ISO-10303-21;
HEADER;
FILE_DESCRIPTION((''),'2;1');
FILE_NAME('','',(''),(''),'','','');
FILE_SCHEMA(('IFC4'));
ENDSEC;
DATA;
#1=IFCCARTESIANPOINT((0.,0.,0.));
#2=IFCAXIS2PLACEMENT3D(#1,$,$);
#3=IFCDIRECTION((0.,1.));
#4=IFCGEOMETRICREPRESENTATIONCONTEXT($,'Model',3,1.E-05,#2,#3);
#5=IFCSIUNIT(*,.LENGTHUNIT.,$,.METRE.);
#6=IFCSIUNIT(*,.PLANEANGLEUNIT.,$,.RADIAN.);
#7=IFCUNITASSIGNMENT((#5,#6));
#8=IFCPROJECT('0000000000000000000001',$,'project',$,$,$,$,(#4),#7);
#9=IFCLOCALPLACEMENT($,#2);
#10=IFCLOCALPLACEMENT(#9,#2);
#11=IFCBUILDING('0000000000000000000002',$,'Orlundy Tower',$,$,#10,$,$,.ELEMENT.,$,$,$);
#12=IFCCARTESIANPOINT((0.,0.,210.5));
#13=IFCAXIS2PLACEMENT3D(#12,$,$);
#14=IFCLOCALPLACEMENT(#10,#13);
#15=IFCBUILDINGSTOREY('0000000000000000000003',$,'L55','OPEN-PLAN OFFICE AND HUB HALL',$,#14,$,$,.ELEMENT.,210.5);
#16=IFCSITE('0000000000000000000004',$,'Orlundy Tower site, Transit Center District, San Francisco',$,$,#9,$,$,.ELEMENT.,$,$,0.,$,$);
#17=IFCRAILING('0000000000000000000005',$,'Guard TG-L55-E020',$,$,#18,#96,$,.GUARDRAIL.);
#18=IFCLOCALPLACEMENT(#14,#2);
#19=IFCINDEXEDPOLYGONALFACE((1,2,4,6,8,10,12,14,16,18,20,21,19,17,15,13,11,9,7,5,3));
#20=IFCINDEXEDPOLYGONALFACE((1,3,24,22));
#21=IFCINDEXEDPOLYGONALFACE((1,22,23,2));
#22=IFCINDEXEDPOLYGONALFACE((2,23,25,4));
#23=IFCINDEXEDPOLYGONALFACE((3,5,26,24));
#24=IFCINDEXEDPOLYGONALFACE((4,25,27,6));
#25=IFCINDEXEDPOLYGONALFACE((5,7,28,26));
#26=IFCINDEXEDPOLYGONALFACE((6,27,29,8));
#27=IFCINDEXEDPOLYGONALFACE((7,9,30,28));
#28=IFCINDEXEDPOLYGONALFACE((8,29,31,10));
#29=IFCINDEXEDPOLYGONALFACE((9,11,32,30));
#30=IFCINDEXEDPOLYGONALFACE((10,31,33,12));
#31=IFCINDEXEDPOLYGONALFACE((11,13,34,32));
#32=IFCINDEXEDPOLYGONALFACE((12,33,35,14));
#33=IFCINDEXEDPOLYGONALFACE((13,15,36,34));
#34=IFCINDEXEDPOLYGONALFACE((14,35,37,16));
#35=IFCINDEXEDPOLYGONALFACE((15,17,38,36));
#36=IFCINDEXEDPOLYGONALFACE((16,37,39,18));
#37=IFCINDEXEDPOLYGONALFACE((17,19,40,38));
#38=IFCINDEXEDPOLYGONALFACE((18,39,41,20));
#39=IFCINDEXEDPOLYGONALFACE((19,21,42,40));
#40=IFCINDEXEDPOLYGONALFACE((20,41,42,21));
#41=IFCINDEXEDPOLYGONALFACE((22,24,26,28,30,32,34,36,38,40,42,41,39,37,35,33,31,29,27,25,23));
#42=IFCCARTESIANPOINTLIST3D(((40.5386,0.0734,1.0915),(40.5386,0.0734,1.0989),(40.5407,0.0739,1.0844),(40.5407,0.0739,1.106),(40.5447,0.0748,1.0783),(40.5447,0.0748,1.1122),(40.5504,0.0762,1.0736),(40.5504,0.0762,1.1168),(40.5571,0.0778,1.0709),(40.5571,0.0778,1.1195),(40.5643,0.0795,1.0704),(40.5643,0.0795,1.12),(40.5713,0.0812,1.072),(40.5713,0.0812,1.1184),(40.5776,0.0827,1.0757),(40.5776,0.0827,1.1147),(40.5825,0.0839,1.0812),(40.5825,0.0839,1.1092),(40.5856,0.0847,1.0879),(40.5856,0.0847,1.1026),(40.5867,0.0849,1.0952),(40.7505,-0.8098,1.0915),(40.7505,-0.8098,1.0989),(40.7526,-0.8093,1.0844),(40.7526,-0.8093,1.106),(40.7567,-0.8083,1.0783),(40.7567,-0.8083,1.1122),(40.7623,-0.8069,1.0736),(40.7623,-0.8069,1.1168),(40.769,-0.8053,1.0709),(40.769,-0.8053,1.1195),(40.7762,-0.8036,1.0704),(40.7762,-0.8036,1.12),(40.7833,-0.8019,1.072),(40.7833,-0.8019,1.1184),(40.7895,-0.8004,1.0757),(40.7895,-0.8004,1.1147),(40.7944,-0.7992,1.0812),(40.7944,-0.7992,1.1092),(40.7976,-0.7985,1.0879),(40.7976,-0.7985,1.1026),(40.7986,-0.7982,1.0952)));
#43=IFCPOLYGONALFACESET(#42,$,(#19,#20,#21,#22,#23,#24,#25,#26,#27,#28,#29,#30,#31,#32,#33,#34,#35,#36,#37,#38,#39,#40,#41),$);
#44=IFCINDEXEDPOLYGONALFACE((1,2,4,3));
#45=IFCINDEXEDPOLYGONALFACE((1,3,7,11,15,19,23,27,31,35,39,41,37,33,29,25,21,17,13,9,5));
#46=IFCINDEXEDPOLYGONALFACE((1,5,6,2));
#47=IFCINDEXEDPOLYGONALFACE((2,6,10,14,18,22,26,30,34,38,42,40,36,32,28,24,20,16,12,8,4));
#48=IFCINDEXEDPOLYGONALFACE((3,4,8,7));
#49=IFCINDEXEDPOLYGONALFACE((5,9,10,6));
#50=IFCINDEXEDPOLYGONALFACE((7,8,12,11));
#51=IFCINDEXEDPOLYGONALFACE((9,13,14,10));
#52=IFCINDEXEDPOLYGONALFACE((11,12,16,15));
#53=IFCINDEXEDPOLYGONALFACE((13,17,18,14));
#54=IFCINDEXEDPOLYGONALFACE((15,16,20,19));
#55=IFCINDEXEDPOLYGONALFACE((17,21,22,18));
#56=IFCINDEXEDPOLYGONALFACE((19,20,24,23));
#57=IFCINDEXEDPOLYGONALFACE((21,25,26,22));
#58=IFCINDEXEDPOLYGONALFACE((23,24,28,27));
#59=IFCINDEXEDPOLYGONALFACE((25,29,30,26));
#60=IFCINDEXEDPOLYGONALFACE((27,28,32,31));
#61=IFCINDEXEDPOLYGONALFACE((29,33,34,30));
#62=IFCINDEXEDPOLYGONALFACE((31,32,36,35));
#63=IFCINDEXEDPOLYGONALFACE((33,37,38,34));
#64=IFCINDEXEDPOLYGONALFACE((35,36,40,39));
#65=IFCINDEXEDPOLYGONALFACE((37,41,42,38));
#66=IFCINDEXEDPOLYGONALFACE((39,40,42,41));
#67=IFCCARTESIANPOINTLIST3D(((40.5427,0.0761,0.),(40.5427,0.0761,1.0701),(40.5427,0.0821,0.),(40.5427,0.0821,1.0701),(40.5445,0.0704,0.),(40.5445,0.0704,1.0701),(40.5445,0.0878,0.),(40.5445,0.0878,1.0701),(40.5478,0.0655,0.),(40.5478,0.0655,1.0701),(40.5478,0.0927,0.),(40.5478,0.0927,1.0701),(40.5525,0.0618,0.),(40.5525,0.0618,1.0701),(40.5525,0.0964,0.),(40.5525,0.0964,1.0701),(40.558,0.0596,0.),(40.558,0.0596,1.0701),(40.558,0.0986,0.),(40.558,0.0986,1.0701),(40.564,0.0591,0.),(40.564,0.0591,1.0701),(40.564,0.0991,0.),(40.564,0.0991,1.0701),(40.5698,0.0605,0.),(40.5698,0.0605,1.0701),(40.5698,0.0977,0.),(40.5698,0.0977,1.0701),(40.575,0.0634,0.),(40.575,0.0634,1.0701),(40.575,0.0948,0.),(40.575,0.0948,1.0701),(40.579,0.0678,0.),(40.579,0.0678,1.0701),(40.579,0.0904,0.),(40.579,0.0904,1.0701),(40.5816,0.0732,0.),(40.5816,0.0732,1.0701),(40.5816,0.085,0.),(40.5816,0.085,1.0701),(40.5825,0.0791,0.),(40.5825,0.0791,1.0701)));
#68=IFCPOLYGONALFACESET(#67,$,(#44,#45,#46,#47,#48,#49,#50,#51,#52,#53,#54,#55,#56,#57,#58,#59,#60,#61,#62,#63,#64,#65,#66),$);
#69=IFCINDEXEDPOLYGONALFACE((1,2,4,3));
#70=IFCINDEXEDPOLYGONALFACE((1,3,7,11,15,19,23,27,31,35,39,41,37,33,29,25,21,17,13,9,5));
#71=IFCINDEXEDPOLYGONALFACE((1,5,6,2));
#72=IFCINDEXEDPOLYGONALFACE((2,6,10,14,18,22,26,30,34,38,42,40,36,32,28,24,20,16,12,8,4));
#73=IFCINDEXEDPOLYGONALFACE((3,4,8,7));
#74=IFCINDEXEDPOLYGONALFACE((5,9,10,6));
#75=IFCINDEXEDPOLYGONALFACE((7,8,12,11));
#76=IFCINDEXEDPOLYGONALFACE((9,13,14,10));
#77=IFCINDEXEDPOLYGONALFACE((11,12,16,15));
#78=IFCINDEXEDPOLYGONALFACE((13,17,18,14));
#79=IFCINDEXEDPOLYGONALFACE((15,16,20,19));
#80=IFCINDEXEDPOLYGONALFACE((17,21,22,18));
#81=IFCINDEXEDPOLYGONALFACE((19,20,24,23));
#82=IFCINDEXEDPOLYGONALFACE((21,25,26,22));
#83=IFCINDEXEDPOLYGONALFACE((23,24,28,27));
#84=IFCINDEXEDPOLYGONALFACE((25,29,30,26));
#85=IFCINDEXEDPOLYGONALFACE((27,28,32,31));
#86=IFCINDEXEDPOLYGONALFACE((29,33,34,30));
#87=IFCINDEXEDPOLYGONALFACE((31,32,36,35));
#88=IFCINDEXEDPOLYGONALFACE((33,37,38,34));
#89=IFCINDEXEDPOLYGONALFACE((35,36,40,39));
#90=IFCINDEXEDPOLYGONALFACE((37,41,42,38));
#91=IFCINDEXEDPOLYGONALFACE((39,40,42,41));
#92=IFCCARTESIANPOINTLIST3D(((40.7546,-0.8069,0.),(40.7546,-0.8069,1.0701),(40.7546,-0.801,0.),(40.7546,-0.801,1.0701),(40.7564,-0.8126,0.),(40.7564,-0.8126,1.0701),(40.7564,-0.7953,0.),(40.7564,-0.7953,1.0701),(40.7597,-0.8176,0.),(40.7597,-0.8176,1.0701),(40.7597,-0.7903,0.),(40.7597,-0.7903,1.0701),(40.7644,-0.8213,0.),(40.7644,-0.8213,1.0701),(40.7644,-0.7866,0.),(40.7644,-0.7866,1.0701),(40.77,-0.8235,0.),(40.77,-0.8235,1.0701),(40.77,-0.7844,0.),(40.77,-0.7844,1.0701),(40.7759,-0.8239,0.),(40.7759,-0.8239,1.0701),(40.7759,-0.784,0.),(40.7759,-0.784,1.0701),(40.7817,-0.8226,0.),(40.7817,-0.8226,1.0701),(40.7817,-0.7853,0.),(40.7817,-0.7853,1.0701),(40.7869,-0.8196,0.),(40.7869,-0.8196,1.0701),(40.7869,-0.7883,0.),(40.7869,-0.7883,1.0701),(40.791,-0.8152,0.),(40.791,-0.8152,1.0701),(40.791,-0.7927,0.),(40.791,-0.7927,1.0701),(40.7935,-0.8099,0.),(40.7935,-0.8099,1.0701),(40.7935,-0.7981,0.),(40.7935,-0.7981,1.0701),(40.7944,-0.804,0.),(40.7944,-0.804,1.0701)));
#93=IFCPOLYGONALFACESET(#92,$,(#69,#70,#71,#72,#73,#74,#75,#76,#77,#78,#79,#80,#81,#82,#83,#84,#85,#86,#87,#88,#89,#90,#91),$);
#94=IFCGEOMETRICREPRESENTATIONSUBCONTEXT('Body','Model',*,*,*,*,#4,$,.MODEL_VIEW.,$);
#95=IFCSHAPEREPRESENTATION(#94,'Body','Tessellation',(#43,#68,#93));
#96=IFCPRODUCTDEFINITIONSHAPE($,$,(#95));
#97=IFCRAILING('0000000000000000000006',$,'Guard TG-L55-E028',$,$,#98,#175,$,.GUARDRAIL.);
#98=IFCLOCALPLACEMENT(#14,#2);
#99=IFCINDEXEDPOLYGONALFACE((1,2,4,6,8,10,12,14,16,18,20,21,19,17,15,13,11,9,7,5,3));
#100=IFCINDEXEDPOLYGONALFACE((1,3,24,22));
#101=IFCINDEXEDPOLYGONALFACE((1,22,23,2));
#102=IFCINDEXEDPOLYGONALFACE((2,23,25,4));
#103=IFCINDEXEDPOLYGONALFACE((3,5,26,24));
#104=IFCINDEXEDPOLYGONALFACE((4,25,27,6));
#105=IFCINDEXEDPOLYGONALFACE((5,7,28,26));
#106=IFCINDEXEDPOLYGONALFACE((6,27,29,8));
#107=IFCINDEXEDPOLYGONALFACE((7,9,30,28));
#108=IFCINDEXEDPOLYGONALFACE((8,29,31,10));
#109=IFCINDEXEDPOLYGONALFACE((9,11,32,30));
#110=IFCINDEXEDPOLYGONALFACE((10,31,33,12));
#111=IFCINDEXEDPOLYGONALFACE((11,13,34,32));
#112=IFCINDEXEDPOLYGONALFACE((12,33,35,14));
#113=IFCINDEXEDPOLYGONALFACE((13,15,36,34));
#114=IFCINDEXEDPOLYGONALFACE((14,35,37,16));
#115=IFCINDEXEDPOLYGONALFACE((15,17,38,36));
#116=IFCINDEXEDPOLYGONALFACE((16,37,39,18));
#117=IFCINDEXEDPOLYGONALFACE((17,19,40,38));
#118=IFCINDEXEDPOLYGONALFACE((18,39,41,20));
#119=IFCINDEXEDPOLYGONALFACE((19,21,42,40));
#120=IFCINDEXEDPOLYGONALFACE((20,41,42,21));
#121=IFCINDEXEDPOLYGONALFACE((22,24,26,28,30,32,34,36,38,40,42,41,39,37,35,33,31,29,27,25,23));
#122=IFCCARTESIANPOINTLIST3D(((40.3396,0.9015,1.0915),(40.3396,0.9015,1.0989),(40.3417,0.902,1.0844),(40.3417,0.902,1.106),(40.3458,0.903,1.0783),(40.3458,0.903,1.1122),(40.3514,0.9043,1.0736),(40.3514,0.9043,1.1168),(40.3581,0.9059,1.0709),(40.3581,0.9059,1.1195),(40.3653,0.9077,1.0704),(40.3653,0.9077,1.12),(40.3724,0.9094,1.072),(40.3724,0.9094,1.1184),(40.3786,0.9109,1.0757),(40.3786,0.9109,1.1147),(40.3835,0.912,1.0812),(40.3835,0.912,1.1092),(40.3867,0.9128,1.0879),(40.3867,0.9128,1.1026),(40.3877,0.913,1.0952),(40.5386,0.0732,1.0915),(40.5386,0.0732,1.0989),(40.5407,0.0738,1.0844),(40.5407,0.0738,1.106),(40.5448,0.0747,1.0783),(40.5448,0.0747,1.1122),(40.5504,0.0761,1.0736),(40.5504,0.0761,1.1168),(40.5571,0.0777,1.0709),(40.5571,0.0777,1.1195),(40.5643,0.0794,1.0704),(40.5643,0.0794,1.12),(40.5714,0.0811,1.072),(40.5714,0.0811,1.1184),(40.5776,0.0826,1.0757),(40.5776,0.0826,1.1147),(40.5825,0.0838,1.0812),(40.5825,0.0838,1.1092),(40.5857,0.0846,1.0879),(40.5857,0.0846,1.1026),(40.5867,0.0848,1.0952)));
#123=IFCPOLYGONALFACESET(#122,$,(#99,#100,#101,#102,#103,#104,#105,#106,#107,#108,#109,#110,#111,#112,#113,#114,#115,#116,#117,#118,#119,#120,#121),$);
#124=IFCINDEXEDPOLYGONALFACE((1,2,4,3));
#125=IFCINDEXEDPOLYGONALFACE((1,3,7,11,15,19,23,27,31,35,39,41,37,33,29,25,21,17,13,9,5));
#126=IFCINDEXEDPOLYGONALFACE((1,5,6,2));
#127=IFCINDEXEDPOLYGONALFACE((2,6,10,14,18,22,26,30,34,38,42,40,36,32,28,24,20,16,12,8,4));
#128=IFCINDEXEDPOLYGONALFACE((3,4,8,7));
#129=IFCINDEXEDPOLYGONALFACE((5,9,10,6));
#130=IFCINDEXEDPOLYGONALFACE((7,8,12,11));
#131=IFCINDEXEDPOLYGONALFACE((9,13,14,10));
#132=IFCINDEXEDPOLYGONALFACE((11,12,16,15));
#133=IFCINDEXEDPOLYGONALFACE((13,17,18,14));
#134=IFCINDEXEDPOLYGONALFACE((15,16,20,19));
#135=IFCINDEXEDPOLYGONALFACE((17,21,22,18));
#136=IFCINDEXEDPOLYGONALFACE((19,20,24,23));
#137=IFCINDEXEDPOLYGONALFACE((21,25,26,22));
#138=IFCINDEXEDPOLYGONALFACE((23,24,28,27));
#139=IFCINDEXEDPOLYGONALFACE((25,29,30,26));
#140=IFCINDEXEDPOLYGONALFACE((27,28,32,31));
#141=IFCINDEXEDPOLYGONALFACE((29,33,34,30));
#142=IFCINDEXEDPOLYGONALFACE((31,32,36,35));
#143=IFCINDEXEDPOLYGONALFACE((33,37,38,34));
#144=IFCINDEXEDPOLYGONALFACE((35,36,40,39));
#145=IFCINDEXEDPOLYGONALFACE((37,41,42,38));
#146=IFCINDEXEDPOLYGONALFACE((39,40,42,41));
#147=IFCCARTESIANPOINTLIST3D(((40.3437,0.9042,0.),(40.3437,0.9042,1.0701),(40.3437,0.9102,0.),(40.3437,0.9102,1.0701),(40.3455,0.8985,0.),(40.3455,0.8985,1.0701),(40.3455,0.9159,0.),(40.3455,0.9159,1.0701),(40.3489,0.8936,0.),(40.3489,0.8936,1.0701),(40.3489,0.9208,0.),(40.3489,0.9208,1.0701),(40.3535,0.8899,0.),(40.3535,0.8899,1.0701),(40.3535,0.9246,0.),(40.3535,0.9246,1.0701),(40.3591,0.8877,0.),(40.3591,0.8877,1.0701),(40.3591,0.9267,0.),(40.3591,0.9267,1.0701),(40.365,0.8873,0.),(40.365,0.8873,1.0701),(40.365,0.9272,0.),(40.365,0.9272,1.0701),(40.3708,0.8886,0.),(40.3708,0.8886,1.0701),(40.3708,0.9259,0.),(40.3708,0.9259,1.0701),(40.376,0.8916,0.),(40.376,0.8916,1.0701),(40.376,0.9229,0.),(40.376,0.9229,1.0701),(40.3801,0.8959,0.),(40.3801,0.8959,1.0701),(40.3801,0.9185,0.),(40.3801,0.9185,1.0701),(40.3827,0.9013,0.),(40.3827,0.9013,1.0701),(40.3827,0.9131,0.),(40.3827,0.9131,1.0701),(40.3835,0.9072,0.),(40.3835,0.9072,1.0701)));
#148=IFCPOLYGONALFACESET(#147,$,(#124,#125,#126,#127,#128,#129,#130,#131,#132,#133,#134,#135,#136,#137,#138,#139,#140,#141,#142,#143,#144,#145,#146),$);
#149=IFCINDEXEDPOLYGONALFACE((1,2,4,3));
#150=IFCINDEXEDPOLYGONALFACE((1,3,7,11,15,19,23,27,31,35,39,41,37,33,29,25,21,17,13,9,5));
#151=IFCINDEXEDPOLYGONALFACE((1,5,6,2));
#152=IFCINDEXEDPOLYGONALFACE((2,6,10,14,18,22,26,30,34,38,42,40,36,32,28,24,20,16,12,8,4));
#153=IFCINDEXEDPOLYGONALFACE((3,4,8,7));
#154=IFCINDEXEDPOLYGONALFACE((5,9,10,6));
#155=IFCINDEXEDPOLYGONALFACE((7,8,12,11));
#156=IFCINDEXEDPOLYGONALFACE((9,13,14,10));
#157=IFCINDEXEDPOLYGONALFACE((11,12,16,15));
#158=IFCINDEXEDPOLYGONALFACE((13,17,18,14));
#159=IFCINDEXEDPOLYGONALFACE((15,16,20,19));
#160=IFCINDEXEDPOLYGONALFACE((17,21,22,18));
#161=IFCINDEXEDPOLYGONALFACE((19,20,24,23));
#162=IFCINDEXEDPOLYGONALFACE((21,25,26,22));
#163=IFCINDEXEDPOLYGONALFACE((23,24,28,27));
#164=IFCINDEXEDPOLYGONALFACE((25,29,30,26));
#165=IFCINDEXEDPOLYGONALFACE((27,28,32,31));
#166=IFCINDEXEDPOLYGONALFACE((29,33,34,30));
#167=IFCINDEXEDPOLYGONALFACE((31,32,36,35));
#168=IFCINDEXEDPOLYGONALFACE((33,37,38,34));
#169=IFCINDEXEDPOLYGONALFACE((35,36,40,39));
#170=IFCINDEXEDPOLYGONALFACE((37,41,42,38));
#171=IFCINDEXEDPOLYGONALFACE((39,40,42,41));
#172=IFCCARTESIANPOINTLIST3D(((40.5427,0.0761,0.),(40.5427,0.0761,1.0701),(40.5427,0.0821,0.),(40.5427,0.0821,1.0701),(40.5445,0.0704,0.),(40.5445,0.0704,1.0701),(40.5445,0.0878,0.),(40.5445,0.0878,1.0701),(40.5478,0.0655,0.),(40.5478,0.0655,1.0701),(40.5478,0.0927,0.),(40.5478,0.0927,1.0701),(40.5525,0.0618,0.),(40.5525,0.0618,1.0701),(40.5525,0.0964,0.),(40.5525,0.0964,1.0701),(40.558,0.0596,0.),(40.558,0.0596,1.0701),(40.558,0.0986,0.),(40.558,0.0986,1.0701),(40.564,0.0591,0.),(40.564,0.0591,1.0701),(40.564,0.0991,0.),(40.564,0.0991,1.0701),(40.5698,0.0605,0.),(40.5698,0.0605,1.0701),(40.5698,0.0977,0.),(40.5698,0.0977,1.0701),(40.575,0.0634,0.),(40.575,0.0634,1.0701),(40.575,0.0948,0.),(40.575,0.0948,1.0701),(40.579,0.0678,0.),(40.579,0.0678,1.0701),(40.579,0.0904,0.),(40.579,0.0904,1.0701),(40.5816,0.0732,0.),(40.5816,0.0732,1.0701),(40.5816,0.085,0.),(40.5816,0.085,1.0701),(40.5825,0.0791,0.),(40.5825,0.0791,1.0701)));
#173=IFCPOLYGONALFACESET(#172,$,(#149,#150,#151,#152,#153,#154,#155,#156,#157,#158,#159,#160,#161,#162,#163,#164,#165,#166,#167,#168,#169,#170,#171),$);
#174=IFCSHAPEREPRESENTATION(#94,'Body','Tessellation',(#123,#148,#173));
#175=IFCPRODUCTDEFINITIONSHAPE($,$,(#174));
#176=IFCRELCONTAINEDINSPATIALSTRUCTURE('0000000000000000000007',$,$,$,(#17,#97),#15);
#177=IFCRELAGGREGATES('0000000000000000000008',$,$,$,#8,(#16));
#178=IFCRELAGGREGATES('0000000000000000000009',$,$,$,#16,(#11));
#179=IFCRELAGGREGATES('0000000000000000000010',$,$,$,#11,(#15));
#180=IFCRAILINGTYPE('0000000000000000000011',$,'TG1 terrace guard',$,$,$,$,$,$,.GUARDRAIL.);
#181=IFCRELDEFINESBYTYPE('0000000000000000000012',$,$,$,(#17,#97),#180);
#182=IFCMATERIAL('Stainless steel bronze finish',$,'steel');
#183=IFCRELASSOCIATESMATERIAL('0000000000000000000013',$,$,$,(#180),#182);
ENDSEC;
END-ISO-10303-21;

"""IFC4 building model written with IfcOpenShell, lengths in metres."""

from ifc_helpers import new_model, si_unit, direction, frame, origin, origin_2d, place, context, subcontext, project, spatial, circle, extrude, material, type_object, element, save


model = new_model("IFC4")

# Units and contexts
model_context = context("Model", 3, precision=1e-05, world=origin(), true_north=direction((0.0, 1.0)))
body_context = subcontext(model_context, "Body", "Model", "MODEL_VIEW")
ifc_project = project(units=[si_unit("LENGTHUNIT", "METRE"), si_unit("PLANEANGLEUNIT", "RADIAN")], contexts=[model_context])

# Site, building, storey
site_placement = place(None, origin())
site = spatial("IfcSite", under=ifc_project, at=site_placement, Name="Orlundy Tower site, Transit Center District, San Francisco", CompositionType="ELEMENT", RefElevation=0.0)
building_placement = place(site_placement, origin())
building = spatial("IfcBuilding", under=site, at=building_placement, Name="Orlundy Tower", CompositionType="ELEMENT")
storey_placement = place(building_placement, frame((0.0, 0.0, 210.5)))
storey = spatial("IfcBuildingStorey", under=building, at=storey_placement, Name="L55", Description="OPEN-PLAN OFFICE AND HUB HALL", CompositionType="ELEMENT", Elevation=210.5)

# Railings
ifc_material_1 = material(Name="Stainless steel bronze finish", Category="steel")
railing_type = type_object("IfcRailingType", Name="TG1 terrace guard", PredefinedType="GUARDRAIL", material=ifc_material_1)
railing_1_placement = place(storey_placement, frame((40.5625, 0.0791, 0.0)))
element("IfcRailing", 1, at=railing_1_placement, inside=storey, type_object=railing_type, Name="Guard TG-L55-E020", PredefinedType="GUARDRAIL", context=body_context, shape_type="SweptSolid", body=[
    extrude(circle(Radius=0.0249, at=origin_2d()), frame((0.0, 0.0, 1.0952), z_axis=(0.233353, -0.972392, 0.0), x_axis=(0.972392, 0.233353, 0.0)), (0.0, 0.0, 1.0), 0.9082),
    extrude(circle(Radius=0.02, at=origin_2d()), origin(), (0.0, 0.0, 1.0), 1.0701),
    extrude(circle(Radius=0.02, at=origin_2d()), frame((0.2119, -0.8831, 0.0)), (0.0, 0.0, 1.0), 1.0701),
])
railing_2_placement = place(storey_placement, frame((40.3635, 0.9072, 0.0)))
element("IfcRailing", 2, at=railing_2_placement, inside=storey, type_object=railing_type, Name="Guard TG-L55-E028", PredefinedType="GUARDRAIL", context=body_context, shape_type="SweptSolid", body=[
    extrude(circle(Radius=0.0249, at=origin_2d()), frame((0.0, 0.0, 1.0952), z_axis=(0.233622, -0.972327, 0.0), x_axis=(0.972327, 0.233622, 0.0)), (0.0, 0.0, 1.0), 0.8518),
    extrude(circle(Radius=0.02, at=origin_2d()), origin(), (0.0, 0.0, 1.0), 1.0701),
    extrude(circle(Radius=0.02, at=origin_2d()), frame((0.199, -0.8281, 0.0)), (0.0, 0.0, 1.0), 1.0701),
])

save(model, "model.ifc")
